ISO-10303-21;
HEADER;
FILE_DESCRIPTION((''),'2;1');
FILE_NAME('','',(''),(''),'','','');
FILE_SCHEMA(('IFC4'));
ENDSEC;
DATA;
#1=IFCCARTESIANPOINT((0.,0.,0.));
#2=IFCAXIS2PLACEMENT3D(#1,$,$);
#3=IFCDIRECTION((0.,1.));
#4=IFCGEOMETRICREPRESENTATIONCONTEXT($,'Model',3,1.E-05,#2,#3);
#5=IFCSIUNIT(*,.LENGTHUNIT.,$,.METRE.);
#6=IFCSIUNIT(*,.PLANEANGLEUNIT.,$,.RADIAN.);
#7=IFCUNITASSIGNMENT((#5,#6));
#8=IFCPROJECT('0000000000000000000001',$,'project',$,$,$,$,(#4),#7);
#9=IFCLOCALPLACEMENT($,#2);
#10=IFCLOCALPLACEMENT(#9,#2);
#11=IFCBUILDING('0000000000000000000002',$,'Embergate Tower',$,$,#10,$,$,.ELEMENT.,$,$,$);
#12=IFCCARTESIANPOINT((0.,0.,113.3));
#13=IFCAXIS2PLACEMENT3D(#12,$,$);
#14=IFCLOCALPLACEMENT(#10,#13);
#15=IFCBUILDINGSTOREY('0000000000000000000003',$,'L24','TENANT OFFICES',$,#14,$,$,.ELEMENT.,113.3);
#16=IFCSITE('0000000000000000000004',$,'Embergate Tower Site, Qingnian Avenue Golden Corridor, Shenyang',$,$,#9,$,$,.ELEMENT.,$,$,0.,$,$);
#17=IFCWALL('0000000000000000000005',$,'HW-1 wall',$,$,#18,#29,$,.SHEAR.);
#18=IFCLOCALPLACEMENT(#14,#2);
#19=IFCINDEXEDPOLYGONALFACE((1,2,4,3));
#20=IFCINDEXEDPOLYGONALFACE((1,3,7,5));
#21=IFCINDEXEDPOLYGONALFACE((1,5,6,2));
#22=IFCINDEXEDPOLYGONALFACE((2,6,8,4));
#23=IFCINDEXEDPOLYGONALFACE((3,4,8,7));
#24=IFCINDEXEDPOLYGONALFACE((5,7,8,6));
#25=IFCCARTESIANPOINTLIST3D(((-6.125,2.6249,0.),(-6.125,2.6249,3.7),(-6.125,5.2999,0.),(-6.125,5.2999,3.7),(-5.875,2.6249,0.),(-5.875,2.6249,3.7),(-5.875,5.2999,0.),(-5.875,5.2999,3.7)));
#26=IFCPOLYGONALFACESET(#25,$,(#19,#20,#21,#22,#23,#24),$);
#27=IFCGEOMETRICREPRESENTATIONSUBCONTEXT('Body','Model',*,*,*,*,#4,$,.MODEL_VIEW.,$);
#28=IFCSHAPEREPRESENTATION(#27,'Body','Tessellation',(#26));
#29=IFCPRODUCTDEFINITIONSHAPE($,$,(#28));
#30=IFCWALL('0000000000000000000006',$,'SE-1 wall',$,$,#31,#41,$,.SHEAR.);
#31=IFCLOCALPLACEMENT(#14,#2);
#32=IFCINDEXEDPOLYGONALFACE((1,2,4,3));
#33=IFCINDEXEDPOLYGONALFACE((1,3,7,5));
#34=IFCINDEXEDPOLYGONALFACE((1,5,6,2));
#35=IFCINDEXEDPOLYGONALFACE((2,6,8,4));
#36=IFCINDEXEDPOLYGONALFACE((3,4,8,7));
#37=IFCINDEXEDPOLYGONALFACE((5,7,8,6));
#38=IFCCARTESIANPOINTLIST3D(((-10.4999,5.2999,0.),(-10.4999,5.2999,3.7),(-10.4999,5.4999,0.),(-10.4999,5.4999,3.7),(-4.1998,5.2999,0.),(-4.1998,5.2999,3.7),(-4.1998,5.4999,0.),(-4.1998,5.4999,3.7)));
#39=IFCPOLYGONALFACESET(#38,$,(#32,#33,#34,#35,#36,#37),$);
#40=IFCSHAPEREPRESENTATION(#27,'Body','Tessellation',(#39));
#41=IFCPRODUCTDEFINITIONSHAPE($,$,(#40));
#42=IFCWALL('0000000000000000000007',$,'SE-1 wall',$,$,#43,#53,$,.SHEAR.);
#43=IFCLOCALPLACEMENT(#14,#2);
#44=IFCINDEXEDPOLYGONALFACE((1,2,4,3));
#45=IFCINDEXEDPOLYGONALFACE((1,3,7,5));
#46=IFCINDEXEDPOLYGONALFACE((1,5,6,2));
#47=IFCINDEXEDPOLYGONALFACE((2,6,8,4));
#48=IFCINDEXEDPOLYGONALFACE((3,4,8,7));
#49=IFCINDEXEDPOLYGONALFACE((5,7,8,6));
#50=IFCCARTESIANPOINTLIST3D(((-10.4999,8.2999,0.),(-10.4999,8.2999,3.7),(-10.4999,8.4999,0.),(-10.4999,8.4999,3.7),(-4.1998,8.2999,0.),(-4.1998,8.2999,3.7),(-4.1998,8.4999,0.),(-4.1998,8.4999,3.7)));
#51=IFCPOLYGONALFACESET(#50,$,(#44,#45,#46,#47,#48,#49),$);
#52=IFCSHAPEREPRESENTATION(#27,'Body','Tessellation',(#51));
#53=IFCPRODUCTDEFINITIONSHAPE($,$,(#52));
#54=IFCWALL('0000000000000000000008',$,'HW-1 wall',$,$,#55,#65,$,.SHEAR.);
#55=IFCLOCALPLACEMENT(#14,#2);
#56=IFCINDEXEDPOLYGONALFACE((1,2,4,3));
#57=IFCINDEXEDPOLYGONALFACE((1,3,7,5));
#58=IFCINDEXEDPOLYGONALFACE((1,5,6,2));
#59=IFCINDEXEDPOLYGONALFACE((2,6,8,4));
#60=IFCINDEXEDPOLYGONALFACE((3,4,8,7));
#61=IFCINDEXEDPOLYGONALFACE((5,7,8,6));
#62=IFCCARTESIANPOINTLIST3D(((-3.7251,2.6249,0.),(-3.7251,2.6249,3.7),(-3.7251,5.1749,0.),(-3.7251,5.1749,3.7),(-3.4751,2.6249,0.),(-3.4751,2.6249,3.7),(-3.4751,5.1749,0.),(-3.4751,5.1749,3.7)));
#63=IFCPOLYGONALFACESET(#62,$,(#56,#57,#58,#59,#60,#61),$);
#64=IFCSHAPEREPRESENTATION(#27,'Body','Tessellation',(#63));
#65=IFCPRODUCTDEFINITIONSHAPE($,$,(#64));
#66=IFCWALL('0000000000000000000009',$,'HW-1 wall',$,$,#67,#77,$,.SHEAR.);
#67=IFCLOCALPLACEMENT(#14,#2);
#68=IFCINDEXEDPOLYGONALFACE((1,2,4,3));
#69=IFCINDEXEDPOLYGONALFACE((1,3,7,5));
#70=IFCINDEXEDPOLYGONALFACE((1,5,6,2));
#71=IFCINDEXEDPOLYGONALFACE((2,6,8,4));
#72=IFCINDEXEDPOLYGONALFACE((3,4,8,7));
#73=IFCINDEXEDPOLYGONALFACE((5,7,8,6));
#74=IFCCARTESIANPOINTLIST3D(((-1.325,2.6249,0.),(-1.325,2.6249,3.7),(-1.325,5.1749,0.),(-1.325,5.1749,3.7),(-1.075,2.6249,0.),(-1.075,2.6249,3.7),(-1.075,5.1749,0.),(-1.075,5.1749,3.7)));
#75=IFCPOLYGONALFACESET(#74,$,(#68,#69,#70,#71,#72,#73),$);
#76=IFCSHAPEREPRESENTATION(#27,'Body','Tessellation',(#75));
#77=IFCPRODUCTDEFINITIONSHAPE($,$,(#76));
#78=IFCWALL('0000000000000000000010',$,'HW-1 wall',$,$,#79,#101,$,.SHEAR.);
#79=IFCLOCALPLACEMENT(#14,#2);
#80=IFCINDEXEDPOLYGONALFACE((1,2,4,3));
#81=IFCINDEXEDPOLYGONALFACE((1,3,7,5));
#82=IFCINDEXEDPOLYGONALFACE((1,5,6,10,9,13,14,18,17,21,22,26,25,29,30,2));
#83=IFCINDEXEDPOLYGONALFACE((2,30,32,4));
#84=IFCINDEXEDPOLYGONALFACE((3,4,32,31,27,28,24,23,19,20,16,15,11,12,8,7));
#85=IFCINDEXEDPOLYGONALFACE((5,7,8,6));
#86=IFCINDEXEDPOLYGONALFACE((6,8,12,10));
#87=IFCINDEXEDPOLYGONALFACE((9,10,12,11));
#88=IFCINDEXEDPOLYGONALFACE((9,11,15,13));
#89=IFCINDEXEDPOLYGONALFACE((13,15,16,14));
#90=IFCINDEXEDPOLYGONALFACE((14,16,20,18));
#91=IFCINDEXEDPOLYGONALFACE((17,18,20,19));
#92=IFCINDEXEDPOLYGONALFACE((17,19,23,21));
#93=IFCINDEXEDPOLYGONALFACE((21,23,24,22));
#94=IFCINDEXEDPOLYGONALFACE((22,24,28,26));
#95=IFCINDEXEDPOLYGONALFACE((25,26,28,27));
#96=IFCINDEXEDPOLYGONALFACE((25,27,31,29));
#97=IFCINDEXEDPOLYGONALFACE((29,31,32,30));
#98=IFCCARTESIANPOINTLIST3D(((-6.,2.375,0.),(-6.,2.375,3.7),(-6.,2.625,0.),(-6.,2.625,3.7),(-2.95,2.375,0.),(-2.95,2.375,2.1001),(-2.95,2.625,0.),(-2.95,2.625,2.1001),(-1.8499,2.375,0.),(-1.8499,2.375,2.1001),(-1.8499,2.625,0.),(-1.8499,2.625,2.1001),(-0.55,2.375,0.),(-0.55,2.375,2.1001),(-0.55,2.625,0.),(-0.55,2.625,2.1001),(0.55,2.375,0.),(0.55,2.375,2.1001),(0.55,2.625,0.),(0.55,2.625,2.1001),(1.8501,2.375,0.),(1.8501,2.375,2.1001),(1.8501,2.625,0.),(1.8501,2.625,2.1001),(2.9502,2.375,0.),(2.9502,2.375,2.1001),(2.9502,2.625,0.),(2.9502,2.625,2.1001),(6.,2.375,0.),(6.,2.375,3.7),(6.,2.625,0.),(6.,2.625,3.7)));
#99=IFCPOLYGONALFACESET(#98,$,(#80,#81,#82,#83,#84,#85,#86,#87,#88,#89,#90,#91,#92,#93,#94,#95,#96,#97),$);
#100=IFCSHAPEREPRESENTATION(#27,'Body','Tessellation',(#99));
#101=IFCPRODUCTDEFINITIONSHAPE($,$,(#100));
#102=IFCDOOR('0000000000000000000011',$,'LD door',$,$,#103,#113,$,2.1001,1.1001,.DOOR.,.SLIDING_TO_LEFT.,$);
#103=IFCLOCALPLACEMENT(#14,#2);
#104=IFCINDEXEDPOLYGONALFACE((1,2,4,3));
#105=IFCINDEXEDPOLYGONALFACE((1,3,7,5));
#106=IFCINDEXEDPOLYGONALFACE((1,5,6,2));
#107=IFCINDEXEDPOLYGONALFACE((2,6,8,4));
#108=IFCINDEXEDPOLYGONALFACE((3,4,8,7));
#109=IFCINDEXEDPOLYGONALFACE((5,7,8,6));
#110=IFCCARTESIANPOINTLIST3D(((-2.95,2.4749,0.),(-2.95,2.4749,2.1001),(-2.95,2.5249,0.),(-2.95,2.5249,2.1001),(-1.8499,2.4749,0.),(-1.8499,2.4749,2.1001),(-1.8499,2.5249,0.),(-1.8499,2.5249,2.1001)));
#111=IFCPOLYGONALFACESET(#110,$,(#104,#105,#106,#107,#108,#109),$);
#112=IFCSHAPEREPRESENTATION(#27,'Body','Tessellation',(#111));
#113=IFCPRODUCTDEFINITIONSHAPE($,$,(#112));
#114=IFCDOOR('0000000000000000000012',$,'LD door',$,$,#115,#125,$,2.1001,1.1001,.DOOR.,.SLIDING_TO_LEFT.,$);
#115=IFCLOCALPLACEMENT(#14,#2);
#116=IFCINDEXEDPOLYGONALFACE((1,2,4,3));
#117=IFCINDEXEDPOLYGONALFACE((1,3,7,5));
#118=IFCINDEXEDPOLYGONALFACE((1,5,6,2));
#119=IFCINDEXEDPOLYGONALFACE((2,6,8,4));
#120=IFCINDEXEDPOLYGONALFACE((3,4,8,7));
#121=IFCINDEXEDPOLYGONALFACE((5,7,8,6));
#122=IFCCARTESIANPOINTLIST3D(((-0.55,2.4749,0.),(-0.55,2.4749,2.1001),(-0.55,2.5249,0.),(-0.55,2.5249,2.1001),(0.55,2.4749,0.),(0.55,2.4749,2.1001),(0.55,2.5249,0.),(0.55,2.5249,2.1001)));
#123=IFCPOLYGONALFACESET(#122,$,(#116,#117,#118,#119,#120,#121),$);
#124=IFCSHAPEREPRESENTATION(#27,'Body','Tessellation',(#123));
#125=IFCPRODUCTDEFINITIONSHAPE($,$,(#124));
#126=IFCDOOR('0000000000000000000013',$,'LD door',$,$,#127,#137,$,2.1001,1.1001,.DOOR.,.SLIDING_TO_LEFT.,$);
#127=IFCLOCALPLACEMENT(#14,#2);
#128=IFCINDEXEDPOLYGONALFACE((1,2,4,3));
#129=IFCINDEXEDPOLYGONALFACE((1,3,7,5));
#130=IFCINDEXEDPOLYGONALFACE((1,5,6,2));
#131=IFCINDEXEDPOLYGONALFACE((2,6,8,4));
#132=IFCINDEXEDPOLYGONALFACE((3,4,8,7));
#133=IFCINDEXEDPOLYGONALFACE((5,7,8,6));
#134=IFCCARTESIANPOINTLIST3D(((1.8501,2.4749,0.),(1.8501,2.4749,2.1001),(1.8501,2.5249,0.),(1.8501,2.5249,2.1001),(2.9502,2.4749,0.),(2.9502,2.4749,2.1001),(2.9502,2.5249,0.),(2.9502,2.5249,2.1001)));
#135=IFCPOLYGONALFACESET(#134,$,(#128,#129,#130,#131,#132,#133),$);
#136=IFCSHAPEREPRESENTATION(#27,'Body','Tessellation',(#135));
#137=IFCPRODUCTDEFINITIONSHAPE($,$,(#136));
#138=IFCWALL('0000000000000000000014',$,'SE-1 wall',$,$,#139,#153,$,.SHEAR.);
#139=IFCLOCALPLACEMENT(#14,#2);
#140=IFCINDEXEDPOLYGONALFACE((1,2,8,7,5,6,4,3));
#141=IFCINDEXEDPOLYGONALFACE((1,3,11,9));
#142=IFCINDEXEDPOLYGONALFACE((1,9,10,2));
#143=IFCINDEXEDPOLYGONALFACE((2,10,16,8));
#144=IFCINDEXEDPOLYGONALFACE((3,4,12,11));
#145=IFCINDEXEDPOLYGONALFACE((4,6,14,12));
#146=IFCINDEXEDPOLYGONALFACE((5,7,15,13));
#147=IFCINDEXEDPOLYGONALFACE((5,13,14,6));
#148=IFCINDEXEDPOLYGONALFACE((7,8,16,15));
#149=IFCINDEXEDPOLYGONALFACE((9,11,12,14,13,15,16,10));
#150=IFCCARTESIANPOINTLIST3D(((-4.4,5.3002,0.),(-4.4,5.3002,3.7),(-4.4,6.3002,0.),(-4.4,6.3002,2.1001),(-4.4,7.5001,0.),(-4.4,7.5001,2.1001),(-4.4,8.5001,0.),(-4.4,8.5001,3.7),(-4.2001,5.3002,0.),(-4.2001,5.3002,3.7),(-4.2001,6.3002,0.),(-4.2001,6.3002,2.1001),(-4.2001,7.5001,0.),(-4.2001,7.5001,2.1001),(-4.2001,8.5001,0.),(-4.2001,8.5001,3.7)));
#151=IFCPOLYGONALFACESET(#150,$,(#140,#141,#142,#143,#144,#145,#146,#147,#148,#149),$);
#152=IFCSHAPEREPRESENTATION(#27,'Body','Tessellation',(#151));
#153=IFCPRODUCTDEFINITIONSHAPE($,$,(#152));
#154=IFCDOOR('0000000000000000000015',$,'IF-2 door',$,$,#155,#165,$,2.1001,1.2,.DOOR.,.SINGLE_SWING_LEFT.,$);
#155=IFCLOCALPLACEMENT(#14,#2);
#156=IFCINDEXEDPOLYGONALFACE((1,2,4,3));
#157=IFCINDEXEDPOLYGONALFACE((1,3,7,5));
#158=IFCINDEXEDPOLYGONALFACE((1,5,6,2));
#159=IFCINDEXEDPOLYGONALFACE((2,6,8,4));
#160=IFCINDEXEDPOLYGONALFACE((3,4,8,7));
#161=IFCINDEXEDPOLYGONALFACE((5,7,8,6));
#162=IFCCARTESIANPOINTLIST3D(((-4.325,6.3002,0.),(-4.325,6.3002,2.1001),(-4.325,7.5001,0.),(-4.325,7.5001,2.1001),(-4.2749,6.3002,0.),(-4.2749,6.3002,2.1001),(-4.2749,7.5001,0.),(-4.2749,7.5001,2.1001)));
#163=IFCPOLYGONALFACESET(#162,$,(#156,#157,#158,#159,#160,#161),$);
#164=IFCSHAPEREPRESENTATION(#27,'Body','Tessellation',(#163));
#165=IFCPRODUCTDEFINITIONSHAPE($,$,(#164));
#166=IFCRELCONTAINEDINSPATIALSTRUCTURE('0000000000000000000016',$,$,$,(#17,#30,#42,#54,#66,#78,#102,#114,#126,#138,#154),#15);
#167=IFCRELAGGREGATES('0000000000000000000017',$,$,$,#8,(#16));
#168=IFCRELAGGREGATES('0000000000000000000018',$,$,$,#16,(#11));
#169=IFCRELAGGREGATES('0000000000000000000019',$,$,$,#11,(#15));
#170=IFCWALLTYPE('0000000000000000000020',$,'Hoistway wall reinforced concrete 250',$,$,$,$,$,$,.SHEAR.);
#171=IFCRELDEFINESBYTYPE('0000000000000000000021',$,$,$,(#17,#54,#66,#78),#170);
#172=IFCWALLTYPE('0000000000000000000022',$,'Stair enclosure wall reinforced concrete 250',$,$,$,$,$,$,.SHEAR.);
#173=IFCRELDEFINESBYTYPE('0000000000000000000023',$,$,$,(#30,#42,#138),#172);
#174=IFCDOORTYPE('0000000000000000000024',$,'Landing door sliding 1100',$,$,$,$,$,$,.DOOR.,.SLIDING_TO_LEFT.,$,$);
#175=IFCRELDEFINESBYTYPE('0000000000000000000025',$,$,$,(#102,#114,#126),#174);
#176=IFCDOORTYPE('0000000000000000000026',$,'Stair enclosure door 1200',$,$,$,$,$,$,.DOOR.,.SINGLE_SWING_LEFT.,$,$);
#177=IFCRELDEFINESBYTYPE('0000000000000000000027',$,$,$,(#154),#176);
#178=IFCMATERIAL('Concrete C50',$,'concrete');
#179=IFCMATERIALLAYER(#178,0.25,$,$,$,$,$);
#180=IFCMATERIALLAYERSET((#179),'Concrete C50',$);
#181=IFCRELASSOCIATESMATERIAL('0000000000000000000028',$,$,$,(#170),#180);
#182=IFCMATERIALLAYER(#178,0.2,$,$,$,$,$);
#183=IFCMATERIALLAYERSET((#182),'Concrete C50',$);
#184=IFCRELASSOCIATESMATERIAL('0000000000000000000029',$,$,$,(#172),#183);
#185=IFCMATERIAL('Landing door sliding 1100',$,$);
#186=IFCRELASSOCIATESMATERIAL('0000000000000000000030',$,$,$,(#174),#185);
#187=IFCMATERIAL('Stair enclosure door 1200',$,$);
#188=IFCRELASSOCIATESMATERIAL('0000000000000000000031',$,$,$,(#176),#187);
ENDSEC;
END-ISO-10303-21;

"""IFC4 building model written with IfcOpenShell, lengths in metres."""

from ifc_helpers import new_model, si_unit, direction, frame, frame_2d, origin, place, context, subcontext, project, spatial, rectangle, extrude, source, transform, mapped, material, layer, layer_set, type_object, element, fill, save


model = new_model("IFC4")

# Units and contexts
model_context = context("Model", 3, precision=1e-05, world=origin(), true_north=direction((0.0, 1.0)))
body_context = subcontext(model_context, "Body", "Model", "MODEL_VIEW")
ifc_project = project(units=[si_unit("LENGTHUNIT", "METRE"), si_unit("PLANEANGLEUNIT", "RADIAN")], contexts=[model_context])

# Site, building, storey
site_placement = place(None, origin())
site = spatial("IfcSite", under=ifc_project, at=site_placement, Name="Embergate Tower Site, Qingnian Avenue Golden Corridor, Shenyang", CompositionType="ELEMENT", RefElevation=0.0)
building_placement = place(site_placement, origin())
building = spatial("IfcBuilding", under=site, at=building_placement, Name="Embergate Tower", CompositionType="ELEMENT")
storey_placement = place(building_placement, frame((0.0, 0.0, 113.3)))
storey = spatial("IfcBuildingStorey", under=building, at=storey_placement, Name="L24", Description="TENANT OFFICES", CompositionType="ELEMENT", Elevation=113.3)

# Walls
ifc_material_1 = material(Name="Concrete C50", Category="concrete")
ifc_layer_1 = layer(ifc_material_1, 0.25)
ifc_layer_set_1 = layer_set([ifc_layer_1], Name="Concrete C50")
wall_type_1 = type_object("IfcWallType", Name="Hoistway wall reinforced concrete 250", PredefinedType="SHEAR", material=ifc_layer_set_1)
shared_shape_1 = source(origin(), body_context, "Body", "SweptSolid", [
    extrude(rectangle(XDim=2.675, YDim=0.25, at=frame_2d((1.3374, 0.0))), origin(), (0.0, 0.0, 1.0), 3.7),
])
wall_1_placement = place(storey_placement, frame((-6.0, 2.625, 0.0), z_axis=(0.0, 0.0, 1.0), x_axis=(0.0, 1.0, 0.0)))
element("IfcWall", 1, at=wall_1_placement, inside=storey, type_object=wall_type_1, Name="HW-1 wall", PredefinedType="SHEAR", context=body_context, shape_type="MappedRepresentation", body=[
    mapped(shared_shape_1, transform((0.0, 0.0, 0.0))),
])
ifc_layer_2 = layer(ifc_material_1, 0.2)
ifc_layer_set_2 = layer_set([ifc_layer_2], Name="Concrete C50")
wall_type_2 = type_object("IfcWallType", Name="Stair enclosure wall reinforced concrete 250", PredefinedType="SHEAR", material=ifc_layer_set_2)
shared_shape_2 = source(origin(), body_context, "Body", "SweptSolid", [
    extrude(rectangle(XDim=6.3, YDim=0.2, at=frame_2d((3.1499, 0.0))), origin(), (0.0, 0.0, 1.0), 3.7),
])
for number, where, z_axis, x_axis, name in (
    (2, (-4.2, 5.3999, 0.0), (0.0, 0.0, 1.0), (-1.0, 0.0, 0.0), "SE-1 wall"),
    (3, (-4.2, 8.3999, 0.0), (0.0, 0.0, 1.0), (-1.0, 0.0, 0.0), "SE-1 wall"),
):
    element("IfcWall", number, at=place(storey_placement, frame(where, z_axis=z_axis, x_axis=x_axis)), inside=storey, type_object=wall_type_2, Name=name, PredefinedType="SHEAR", context=body_context, shape_type="MappedRepresentation", body=[
        mapped(shared_shape_2, transform((0.0, 0.0, 0.0))),
    ])
shared_shape_3 = source(origin(), body_context, "Body", "SweptSolid", [
    extrude(rectangle(XDim=2.55, YDim=0.25, at=frame_2d((1.2749, 0.0))), origin(), (0.0, 0.0, 1.0), 3.7),
])
for number, where, z_axis, x_axis, name in (
    (4, (-3.6001, 2.625, 0.0), (0.0, 0.0, 1.0), (0.0, 1.0, 0.0), "HW-1 wall"),
    (5, (-1.2, 2.625, 0.0), (0.0, 0.0, 1.0), (0.0, 1.0, 0.0), "HW-1 wall"),
):
    element("IfcWall", number, at=place(storey_placement, frame(where, z_axis=z_axis, x_axis=x_axis)), inside=storey, type_object=wall_type_1, Name=name, PredefinedType="SHEAR", context=body_context, shape_type="MappedRepresentation", body=[
        mapped(shared_shape_3, transform((0.0, 0.0, 0.0))),
    ])

# Wall, openings, doors
shared_shape_4 = source(origin(), body_context, "Body", "SweptSolid", [
    extrude(rectangle(XDim=12.0, YDim=0.25, at=frame_2d((6.0, 0.0))), origin(), (0.0, 0.0, 1.0), 3.7),
])
wall_2_placement = place(storey_placement, frame((-6.0, 2.5, 0.0), z_axis=(0.0, 0.0, 1.0), x_axis=(1.0, 0.0, 0.0)))
wall_2 = element("IfcWall", 6, at=wall_2_placement, inside=storey, type_object=wall_type_1, Name="HW-1 wall", PredefinedType="SHEAR", context=body_context, shape_type="MappedRepresentation", body=[
    mapped(shared_shape_4, transform((0.0, 0.0, 0.0))),
])
shared_shape_5 = source(origin(), body_context, "Body", "SweptSolid", [
    extrude(rectangle(XDim=1.1001, YDim=2.1001, at=frame_2d((0.55, 1.05))), frame((0.0, 0.135, 0.0), z_axis=(0.0, -1.0, 0.0), x_axis=(1.0, 0.0, 0.0)), (0.0, 0.0, 1.0), 0.27),
])
opening_1_placement = place(wall_2_placement, frame((3.05, 0.0, 0.0)))
opening_1 = element("IfcOpeningElement", 7, at=opening_1_placement, cuts=wall_2, PredefinedType="OPENING", context=body_context, shape_type="MappedRepresentation", body=[
    mapped(shared_shape_5, transform((0.0, 0.0, 0.0))),
])
opening_2_placement = place(wall_2_placement, frame((5.45, 0.0, 0.0)))
opening_2 = element("IfcOpeningElement", 8, at=opening_2_placement, cuts=wall_2, PredefinedType="OPENING", context=body_context, shape_type="MappedRepresentation", body=[
    mapped(shared_shape_5, transform((0.0, 0.0, 0.0))),
])
opening_3_placement = place(wall_2_placement, frame((7.8501, 0.0, 0.0)))
opening_3 = element("IfcOpeningElement", 9, at=opening_3_placement, cuts=wall_2, PredefinedType="OPENING", context=body_context, shape_type="MappedRepresentation", body=[
    mapped(shared_shape_5, transform((0.0, 0.0, 0.0))),
])
ifc_material_2 = material(Name="Landing door sliding 1100")
door_type_1 = type_object("IfcDoorType", Name="Landing door sliding 1100", OperationType="SLIDING_TO_LEFT", PredefinedType="DOOR", material=ifc_material_2)
shared_shape_6 = source(origin(), body_context, "Body", "SweptSolid", [
    extrude(rectangle(XDim=1.1001, YDim=2.1001, at=frame_2d((0.55, 1.05))), frame((0.0, 0.0249, 0.0), z_axis=(0.0, -1.0, 0.0), x_axis=(1.0, 0.0, 0.0)), (0.0, 0.0, 1.0), 0.05),
])
door_1_placement = place(opening_1_placement, origin())
door_1 = element("IfcDoor", 10, at=door_1_placement, inside=storey, type_object=door_type_1, Name="LD door", OperationType="SLIDING_TO_LEFT", OverallHeight=2.1001, OverallWidth=1.1001, PredefinedType="DOOR", context=body_context, shape_type="MappedRepresentation", body=[
    mapped(shared_shape_6, transform((0.0, 0.0, 0.0))),
])
fill(opening_1, door_1)
door_2_placement = place(opening_2_placement, origin())
door_2 = element("IfcDoor", 11, at=door_2_placement, inside=storey, type_object=door_type_1, Name="LD door", OperationType="SLIDING_TO_LEFT", OverallHeight=2.1001, OverallWidth=1.1001, PredefinedType="DOOR", context=body_context, shape_type="MappedRepresentation", body=[
    mapped(shared_shape_6, transform((0.0, 0.0, 0.0))),
])
fill(opening_2, door_2)
door_3_placement = place(opening_3_placement, origin())
door_3 = element("IfcDoor", 12, at=door_3_placement, inside=storey, type_object=door_type_1, Name="LD door", OperationType="SLIDING_TO_LEFT", OverallHeight=2.1001, OverallWidth=1.1001, PredefinedType="DOOR", context=body_context, shape_type="MappedRepresentation", body=[
    mapped(shared_shape_6, transform((0.0, 0.0, 0.0))),
])
fill(opening_3, door_3)

# Wall, opening, door
shared_shape_7 = source(origin(), body_context, "Body", "SweptSolid", [
    extrude(rectangle(XDim=3.2, YDim=0.2, at=frame_2d((1.6001, 0.0))), origin(), (0.0, 0.0, 1.0), 3.7),
])
wall_3_placement = place(storey_placement, frame((-4.3, 5.3, 0.0), z_axis=(0.0, 0.0, 1.0), x_axis=(0.0, 1.0, 0.0)))
wall_3 = element("IfcWall", 13, at=wall_3_placement, inside=storey, type_object=wall_type_2, Name="SE-1 wall", PredefinedType="SHEAR", context=body_context, shape_type="MappedRepresentation", body=[
    mapped(shared_shape_7, transform((0.0, 0.0, 0.0))),
])
shared_shape_8 = source(origin(), body_context, "Body", "SweptSolid", [
    extrude(rectangle(XDim=1.2, YDim=2.1001, at=frame_2d((0.6001, 1.05))), frame((0.0, 0.1099, 0.0), z_axis=(0.0, -1.0, 0.0), x_axis=(1.0, 0.0, 0.0)), (0.0, 0.0, 1.0), 0.22),
])
opening_4_placement = place(wall_3_placement, frame((1.0, 0.0, 0.0)))
opening_4 = element("IfcOpeningElement", 14, at=opening_4_placement, cuts=wall_3, PredefinedType="OPENING", context=body_context, shape_type="MappedRepresentation", body=[
    mapped(shared_shape_8, transform((0.0, 0.0, 0.0))),
])
ifc_material_3 = material(Name="Stair enclosure door 1200")
door_type_2 = type_object("IfcDoorType", Name="Stair enclosure door 1200", OperationType="SINGLE_SWING_LEFT", PredefinedType="DOOR", material=ifc_material_3)
shared_shape_9 = source(origin(), body_context, "Body", "SweptSolid", [
    extrude(rectangle(XDim=1.2, YDim=2.1001, at=frame_2d((0.6001, 1.05))), frame((0.0, 0.0249, 0.0), z_axis=(0.0, -1.0, 0.0), x_axis=(1.0, 0.0, 0.0)), (0.0, 0.0, 1.0), 0.05),
])
door_4_placement = place(opening_4_placement, origin())
door_4 = element("IfcDoor", 15, at=door_4_placement, inside=storey, type_object=door_type_2, Name="IF-2 door", OperationType="SINGLE_SWING_LEFT", OverallHeight=2.1001, OverallWidth=1.2, PredefinedType="DOOR", context=body_context, shape_type="MappedRepresentation", body=[
    mapped(shared_shape_9, transform((0.0, 0.0, 0.0))),
])
fill(opening_4, door_4)

save(model, "model.ifc")
